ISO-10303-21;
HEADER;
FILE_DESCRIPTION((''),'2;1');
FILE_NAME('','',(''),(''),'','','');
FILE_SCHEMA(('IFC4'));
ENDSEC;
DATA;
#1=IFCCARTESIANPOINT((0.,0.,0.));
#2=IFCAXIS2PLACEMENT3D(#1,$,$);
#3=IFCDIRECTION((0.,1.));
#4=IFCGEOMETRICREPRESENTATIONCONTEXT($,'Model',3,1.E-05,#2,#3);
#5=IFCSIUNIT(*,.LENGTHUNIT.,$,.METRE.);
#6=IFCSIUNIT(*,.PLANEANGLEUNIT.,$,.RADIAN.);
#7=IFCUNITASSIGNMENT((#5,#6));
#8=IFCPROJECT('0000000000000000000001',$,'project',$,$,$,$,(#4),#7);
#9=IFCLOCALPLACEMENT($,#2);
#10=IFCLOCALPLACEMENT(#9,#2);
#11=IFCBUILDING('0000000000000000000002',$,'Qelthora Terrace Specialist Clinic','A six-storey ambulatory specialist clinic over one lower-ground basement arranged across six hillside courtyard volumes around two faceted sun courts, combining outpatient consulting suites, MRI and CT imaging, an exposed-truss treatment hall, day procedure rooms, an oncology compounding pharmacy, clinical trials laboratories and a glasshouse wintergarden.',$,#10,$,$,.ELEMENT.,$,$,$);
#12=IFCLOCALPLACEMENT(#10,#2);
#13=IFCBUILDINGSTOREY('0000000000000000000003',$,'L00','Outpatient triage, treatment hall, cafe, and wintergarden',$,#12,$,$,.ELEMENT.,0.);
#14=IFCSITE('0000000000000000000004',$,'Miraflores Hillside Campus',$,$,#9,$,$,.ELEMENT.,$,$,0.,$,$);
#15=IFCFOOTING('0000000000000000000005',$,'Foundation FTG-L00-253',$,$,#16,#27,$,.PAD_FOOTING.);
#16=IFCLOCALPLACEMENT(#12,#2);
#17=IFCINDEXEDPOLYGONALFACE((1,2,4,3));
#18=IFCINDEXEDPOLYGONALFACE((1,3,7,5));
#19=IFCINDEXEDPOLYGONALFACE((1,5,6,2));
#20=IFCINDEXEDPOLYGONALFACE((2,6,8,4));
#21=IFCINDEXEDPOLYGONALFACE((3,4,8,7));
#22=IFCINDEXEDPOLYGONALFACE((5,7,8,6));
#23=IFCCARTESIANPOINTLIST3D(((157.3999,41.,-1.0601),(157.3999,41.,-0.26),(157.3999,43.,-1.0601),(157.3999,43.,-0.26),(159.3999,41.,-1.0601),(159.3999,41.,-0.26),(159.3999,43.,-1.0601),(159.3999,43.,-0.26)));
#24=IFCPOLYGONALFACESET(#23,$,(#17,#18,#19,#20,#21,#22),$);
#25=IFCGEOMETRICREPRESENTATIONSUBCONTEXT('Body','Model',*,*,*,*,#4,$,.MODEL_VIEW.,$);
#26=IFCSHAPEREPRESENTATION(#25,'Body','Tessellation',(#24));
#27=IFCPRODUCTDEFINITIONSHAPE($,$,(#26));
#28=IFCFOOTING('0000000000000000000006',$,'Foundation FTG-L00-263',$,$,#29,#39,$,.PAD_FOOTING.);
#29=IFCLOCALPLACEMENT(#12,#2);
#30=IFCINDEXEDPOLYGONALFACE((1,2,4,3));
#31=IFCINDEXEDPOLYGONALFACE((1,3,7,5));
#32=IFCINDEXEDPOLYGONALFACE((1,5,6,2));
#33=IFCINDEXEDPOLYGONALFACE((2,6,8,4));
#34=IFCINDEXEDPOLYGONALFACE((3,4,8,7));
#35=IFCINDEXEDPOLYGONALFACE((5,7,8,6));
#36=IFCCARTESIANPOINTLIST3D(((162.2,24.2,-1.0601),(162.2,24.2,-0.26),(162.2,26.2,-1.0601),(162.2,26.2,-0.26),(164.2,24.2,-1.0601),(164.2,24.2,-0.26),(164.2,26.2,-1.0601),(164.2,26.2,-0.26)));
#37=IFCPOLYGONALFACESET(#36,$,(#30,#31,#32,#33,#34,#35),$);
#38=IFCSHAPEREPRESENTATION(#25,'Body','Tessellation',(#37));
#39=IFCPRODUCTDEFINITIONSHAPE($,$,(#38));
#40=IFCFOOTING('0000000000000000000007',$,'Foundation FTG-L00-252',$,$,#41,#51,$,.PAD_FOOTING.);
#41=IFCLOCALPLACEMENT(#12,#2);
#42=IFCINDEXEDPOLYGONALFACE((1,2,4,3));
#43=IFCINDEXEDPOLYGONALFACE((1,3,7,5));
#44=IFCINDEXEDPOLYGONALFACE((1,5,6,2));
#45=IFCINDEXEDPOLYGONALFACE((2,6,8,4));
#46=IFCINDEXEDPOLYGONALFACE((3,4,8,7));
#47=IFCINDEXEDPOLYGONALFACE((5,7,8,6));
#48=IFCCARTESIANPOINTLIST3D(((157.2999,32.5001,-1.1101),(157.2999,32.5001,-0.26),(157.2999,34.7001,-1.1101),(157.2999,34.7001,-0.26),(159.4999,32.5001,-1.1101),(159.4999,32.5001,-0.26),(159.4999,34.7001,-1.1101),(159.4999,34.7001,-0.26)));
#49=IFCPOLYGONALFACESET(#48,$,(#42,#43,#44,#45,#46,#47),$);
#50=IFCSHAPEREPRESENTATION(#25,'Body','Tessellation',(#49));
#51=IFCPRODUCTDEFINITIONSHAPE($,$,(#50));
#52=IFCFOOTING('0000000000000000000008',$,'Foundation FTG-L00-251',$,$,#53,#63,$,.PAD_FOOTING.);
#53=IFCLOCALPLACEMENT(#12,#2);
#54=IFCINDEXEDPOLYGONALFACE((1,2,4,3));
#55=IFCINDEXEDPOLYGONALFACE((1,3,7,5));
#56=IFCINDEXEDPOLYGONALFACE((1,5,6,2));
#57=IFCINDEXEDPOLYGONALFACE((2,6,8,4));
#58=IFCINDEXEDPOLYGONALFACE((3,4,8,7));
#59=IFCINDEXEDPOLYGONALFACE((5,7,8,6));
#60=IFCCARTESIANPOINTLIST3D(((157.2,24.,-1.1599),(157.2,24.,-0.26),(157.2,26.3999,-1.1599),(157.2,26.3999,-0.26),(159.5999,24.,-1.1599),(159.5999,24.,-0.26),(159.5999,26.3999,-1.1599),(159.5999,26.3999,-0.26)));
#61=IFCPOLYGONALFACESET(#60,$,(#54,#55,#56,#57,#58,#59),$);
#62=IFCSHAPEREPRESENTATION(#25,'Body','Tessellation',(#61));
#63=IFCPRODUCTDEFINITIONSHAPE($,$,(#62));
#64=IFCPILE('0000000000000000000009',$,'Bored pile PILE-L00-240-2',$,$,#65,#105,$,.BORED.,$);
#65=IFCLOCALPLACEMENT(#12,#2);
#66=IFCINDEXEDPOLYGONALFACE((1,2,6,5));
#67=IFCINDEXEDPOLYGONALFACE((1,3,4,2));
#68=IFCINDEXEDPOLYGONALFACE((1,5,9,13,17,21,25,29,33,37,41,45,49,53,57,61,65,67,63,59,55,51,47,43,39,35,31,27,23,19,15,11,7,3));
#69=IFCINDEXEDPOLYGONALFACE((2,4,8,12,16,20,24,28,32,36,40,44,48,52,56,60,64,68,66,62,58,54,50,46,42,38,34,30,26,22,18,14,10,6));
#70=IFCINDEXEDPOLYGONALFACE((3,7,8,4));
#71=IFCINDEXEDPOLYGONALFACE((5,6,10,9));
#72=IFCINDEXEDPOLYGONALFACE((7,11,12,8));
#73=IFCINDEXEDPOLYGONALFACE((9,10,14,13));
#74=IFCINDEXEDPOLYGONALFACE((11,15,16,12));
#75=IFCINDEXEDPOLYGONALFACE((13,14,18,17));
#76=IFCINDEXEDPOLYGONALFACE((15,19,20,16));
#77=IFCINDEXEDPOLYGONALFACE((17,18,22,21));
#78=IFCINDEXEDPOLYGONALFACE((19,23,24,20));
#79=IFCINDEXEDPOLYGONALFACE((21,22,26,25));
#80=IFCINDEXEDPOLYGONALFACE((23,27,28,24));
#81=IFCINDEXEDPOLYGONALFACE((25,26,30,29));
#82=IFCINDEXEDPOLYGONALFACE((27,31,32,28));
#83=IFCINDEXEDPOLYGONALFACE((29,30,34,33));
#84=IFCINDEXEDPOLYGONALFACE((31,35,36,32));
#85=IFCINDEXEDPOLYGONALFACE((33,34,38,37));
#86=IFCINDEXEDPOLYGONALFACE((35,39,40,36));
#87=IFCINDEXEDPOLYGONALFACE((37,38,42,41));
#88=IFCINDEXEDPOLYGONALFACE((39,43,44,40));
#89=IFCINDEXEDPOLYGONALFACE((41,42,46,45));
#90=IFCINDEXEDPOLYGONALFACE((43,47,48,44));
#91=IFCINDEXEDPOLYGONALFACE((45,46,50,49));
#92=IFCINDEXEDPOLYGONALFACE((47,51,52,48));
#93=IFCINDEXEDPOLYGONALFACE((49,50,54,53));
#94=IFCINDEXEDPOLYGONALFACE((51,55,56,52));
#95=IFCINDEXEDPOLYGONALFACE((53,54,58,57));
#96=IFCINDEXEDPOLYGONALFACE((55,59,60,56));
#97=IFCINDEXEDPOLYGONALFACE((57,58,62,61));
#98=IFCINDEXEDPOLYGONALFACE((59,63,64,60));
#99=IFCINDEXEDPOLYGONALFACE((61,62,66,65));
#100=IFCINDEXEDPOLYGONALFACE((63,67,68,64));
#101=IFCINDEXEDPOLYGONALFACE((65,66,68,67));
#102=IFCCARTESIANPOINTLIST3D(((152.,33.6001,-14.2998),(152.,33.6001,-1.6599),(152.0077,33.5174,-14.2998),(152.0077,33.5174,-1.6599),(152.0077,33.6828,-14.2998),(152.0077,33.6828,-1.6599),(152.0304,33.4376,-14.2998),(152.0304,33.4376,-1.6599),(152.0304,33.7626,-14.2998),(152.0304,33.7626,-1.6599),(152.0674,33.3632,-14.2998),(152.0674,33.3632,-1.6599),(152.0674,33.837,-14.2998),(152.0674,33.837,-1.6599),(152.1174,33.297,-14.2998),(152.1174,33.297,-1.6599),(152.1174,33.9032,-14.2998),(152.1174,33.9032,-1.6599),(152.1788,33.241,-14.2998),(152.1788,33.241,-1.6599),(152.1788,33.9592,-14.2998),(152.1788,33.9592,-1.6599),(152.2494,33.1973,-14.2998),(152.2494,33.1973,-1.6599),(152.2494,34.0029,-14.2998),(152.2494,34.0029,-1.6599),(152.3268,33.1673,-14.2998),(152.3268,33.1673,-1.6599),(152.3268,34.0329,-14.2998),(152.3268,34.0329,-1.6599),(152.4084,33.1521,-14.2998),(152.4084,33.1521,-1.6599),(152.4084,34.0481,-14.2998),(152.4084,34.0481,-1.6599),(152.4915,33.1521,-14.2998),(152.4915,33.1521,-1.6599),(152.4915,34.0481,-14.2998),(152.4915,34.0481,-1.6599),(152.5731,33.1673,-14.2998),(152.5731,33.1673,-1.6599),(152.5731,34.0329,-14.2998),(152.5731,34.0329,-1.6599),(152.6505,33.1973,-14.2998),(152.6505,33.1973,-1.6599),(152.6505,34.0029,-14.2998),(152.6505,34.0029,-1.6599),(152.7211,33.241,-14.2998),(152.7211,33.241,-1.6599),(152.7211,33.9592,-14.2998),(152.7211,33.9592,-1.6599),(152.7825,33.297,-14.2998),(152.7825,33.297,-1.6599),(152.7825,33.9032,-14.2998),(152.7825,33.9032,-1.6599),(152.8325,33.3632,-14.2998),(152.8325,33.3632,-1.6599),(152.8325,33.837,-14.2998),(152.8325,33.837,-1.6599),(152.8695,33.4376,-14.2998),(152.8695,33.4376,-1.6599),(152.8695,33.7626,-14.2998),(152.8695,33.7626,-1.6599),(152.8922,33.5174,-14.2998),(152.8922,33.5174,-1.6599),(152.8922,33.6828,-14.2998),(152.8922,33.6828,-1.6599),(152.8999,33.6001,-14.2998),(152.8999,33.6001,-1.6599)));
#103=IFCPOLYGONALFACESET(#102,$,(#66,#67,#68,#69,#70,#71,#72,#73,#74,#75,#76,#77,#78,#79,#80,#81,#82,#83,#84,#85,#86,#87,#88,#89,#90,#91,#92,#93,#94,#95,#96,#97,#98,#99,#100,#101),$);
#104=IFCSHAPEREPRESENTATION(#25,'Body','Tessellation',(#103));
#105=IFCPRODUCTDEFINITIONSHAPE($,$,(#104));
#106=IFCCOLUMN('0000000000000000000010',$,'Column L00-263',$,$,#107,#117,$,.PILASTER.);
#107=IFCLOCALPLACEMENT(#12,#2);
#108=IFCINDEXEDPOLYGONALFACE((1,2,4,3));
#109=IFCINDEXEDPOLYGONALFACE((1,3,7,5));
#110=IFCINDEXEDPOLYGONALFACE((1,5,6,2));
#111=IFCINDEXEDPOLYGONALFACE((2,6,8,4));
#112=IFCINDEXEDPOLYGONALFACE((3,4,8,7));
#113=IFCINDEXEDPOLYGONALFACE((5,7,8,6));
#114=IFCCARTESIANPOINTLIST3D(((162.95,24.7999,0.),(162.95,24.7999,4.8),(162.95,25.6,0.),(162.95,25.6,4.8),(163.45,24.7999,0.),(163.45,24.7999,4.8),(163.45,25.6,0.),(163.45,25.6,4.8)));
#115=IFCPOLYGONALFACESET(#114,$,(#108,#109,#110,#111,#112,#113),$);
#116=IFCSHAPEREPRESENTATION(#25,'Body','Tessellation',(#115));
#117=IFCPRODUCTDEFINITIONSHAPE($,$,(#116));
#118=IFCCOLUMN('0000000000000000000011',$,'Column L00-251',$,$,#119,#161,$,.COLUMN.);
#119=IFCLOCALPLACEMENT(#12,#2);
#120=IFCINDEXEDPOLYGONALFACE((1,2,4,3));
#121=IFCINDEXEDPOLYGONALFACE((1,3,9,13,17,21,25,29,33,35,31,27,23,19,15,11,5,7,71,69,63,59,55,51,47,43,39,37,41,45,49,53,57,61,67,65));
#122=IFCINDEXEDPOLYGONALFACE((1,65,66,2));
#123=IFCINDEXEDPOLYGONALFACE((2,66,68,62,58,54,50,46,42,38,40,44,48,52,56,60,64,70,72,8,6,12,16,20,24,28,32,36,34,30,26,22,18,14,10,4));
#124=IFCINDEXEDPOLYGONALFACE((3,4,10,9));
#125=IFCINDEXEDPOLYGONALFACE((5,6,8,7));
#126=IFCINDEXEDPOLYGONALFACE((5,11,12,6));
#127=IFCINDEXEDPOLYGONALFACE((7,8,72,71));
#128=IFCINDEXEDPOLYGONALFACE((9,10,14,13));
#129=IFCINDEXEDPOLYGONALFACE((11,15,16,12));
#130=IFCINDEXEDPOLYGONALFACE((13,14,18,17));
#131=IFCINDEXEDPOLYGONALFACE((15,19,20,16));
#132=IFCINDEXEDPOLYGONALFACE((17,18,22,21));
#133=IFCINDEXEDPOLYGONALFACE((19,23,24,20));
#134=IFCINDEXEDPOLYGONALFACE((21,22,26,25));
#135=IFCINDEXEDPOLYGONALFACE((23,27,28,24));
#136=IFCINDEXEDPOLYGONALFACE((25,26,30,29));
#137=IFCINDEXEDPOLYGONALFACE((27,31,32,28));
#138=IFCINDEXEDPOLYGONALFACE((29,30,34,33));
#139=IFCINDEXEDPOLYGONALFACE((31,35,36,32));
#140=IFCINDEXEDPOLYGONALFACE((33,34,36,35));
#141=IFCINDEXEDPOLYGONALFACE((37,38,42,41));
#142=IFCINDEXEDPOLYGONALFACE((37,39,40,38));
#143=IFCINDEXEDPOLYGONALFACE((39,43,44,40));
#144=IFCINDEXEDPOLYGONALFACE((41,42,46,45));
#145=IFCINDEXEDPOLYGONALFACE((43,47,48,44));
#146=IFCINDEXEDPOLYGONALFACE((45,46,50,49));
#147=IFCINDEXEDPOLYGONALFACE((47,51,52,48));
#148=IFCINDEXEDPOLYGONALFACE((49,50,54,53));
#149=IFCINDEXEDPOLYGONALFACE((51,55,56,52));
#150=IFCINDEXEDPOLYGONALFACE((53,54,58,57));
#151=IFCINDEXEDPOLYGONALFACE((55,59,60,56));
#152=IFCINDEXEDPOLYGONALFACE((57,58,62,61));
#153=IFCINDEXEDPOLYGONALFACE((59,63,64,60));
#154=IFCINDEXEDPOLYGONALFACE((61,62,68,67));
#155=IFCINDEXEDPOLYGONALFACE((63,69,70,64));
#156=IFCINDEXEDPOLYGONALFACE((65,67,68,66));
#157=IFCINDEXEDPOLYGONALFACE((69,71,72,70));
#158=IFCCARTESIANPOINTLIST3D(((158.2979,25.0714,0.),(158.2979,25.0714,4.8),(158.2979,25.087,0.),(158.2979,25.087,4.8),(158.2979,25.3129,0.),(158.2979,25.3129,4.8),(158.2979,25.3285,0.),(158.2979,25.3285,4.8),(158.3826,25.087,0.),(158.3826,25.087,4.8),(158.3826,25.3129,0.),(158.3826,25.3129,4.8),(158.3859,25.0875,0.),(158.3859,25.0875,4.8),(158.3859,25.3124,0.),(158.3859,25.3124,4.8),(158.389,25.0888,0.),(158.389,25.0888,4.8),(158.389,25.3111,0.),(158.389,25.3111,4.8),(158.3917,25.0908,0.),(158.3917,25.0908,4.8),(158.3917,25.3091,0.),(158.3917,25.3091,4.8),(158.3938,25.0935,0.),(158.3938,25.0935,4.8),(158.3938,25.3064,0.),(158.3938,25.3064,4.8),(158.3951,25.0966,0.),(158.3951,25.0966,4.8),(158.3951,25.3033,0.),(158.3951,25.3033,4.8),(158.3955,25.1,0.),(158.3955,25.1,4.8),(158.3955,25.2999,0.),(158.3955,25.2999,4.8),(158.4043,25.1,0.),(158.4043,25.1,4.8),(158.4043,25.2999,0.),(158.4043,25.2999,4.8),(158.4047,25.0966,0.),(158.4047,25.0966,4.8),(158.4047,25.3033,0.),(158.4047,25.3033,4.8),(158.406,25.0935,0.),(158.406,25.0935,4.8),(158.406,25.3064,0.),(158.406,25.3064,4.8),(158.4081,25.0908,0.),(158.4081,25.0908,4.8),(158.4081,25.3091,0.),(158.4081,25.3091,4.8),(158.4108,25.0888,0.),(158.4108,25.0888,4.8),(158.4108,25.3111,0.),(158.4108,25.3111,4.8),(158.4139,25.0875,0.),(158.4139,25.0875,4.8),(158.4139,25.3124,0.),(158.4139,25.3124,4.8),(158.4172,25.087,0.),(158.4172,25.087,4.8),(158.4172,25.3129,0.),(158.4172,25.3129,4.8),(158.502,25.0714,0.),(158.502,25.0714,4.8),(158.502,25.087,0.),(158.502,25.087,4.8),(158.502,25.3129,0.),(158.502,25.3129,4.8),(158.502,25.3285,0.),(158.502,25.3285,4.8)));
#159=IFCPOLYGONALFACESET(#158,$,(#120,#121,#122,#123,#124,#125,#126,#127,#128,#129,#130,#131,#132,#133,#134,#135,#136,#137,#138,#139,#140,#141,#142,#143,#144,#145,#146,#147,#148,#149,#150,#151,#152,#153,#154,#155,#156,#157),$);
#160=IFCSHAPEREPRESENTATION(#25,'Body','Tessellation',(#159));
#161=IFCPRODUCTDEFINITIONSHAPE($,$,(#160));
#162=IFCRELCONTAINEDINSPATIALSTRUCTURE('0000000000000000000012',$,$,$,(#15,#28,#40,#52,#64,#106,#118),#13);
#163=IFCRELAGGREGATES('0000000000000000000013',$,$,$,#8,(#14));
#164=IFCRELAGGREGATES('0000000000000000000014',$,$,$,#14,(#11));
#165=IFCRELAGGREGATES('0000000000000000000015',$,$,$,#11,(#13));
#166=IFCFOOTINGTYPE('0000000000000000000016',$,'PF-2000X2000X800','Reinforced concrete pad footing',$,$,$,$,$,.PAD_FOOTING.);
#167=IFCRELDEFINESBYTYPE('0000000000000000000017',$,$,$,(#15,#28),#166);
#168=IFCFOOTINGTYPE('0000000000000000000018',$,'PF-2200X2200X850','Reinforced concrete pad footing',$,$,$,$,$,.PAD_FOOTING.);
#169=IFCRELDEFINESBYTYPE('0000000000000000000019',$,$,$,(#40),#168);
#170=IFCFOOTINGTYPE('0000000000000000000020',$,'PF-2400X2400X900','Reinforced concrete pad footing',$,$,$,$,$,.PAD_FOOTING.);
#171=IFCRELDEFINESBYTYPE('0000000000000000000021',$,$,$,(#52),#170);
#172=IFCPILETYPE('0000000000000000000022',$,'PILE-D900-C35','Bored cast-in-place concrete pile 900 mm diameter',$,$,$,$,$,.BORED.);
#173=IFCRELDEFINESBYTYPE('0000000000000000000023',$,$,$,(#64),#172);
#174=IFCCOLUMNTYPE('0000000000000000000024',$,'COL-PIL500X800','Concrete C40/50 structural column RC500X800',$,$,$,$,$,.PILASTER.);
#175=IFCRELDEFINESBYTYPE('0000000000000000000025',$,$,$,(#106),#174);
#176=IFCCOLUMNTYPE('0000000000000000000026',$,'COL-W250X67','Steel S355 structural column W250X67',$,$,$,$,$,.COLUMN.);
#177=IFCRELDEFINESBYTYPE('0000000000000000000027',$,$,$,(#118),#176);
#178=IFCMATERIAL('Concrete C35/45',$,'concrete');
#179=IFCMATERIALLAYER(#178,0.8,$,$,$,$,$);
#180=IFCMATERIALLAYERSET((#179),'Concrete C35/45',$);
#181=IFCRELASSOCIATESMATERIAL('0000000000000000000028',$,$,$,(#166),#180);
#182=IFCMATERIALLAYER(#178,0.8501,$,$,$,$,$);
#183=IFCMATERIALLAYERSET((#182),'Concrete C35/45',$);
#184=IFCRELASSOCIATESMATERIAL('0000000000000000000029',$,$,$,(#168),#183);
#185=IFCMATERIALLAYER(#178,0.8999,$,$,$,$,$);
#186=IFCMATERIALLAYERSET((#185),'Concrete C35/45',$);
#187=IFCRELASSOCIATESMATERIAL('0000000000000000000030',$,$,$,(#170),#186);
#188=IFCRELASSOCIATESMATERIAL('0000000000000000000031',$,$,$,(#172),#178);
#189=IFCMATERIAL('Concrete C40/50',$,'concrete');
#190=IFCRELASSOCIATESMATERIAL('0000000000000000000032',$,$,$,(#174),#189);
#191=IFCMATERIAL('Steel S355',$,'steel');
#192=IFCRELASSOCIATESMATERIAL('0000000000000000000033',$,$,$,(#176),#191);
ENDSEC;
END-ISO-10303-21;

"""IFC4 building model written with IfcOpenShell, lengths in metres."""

from ifc_helpers import new_model, si_unit, direction, frame, origin, origin_2d, place, context, subcontext, project, spatial, rectangle, circle, i_section, extrude, material, layer, layer_set, material_profile, profile_set, type_object, element, save


model = new_model("IFC4")

# Units and contexts
model_context = context("Model", 3, precision=1e-05, world=origin(), true_north=direction((0.0, 1.0)))
body_context = subcontext(model_context, "Body", "Model", "MODEL_VIEW")
ifc_project = project(units=[si_unit("LENGTHUNIT", "METRE"), si_unit("PLANEANGLEUNIT", "RADIAN")], contexts=[model_context])

# Site, building, storey
site_placement = place(None, origin())
site = spatial("IfcSite", under=ifc_project, at=site_placement, Name="Miraflores Hillside Campus", CompositionType="ELEMENT", RefElevation=0.0)
building_placement = place(site_placement, origin())
building = spatial("IfcBuilding", under=site, at=building_placement, Name="Qelthora Terrace Specialist Clinic", Description="A six-storey ambulatory specialist clinic over one lower-ground basement arranged across six hillside courtyard volumes around two faceted sun courts, combining outpatient consulting suites, MRI and CT imaging, an exposed-truss treatment hall, day procedure rooms, an oncology compounding pharmacy, clinical trials laboratories and a glasshouse wintergarden.", CompositionType="ELEMENT")
storey_placement = place(building_placement, origin())
storey = spatial("IfcBuildingStorey", under=building, at=storey_placement, Name="L00", Description="Outpatient triage, treatment hall, cafe, and wintergarden", CompositionType="ELEMENT", Elevation=0.0)

# Footings
ifc_material_1 = material(Name="Concrete C35/45", Category="concrete")
ifc_layer_1 = layer(ifc_material_1, 0.8)
ifc_layer_set_1 = layer_set([ifc_layer_1], Name="Concrete C35/45")
footing_type_1 = type_object("IfcFootingType", Name="PF-2000X2000X800", Description="Reinforced concrete pad footing", PredefinedType="PAD_FOOTING", material=ifc_layer_set_1)
for number, where, z_axis, x_axis, name in (
    (1, (158.3999, 42.0, -1.0601), (0.0, 0.0, 1.0), (1.0, 0.0, 0.0), "Foundation FTG-L00-253"),
    (2, (163.2, 25.2, -1.0601), (0.0, 0.0, 1.0), (1.0, 0.0, 0.0), "Foundation FTG-L00-263"),
):
    element("IfcFooting", number, at=place(storey_placement, frame(where, z_axis=z_axis, x_axis=x_axis)), inside=storey, type_object=footing_type_1, Name=name, PredefinedType="PAD_FOOTING", context=body_context, shape_type="SweptSolid", body=[
        extrude(rectangle(XDim=2.0, YDim=2.0, at=origin_2d()), origin(), (0.0, 0.0, 1.0), 0.8),
    ])
ifc_layer_2 = layer(ifc_material_1, 0.8501)
ifc_layer_set_2 = layer_set([ifc_layer_2], Name="Concrete C35/45")
footing_type_2 = type_object("IfcFootingType", Name="PF-2200X2200X850", Description="Reinforced concrete pad footing", PredefinedType="PAD_FOOTING", material=ifc_layer_set_2)
footing_1_placement = place(storey_placement, frame((158.3999, 33.6001, -1.1101), z_axis=(0.0, 0.0, 1.0), x_axis=(1.0, 0.0, 0.0)))
element("IfcFooting", 3, at=footing_1_placement, inside=storey, type_object=footing_type_2, Name="Foundation FTG-L00-252", PredefinedType="PAD_FOOTING", context=body_context, shape_type="SweptSolid", body=[
    extrude(rectangle(XDim=2.2, YDim=2.2, at=origin_2d()), origin(), (0.0, 0.0, 1.0), 0.8501),
])
ifc_layer_3 = layer(ifc_material_1, 0.8999)
ifc_layer_set_3 = layer_set([ifc_layer_3], Name="Concrete C35/45")
footing_type_3 = type_object("IfcFootingType", Name="PF-2400X2400X900", Description="Reinforced concrete pad footing", PredefinedType="PAD_FOOTING", material=ifc_layer_set_3)
footing_2_placement = place(storey_placement, frame((158.3999, 25.2, -1.1599), z_axis=(0.0, 0.0, 1.0), x_axis=(1.0, 0.0, 0.0)))
element("IfcFooting", 4, at=footing_2_placement, inside=storey, type_object=footing_type_3, Name="Foundation FTG-L00-251", PredefinedType="PAD_FOOTING", context=body_context, shape_type="SweptSolid", body=[
    extrude(rectangle(XDim=2.3999, YDim=2.3999, at=origin_2d()), origin(), (0.0, 0.0, 1.0), 0.8999),
])

# Pile
ifc_material_profile_1 = material_profile(ifc_material_1, circle(Radius=0.45, at=origin_2d()), Name="PILE900")
ifc_profile_set_1 = profile_set([ifc_material_profile_1], Name="Concrete C35/45")
pile_type = type_object("IfcPileType", Name="PILE-D900-C35", Description="Bored cast-in-place concrete pile 900 mm diameter", PredefinedType="BORED", material=ifc_profile_set_1)
pile_placement = place(storey_placement, frame((152.45, 33.6001, -1.6599), z_axis=(0.0, 0.0, -1.0), x_axis=(1.0, 0.0, 0.0)))
element("IfcPile", 5, at=pile_placement, inside=storey, type_object=pile_type, Name="Bored pile PILE-L00-240-2", PredefinedType="BORED", context=body_context, shape_type="SweptSolid", body=[
    extrude(circle(Radius=0.45, at=origin_2d()), origin(), (0.0, 0.0, 1.0), 12.6399),
])

# Columns
ifc_material_2 = material(Name="Concrete C40/50", Category="concrete")
ifc_material_profile_2 = material_profile(ifc_material_2, rectangle(XDim=0.5, YDim=0.8, at=origin_2d()), Name="RC500X800")
ifc_profile_set_2 = profile_set([ifc_material_profile_2], Name="Concrete C40/50")
column_type_1 = type_object("IfcColumnType", Name="COL-PIL500X800", Description="Concrete C40/50 structural column RC500X800", PredefinedType="PILASTER", material=ifc_profile_set_2)
column_1_placement = place(storey_placement, frame((163.2, 25.2, 0.0), z_axis=(0.0, 0.0, 1.0), x_axis=(1.0, 0.0, 0.0)))
element("IfcColumn", 6, at=column_1_placement, inside=storey, type_object=column_type_1, Name="Column L00-263", PredefinedType="PILASTER", context=body_context, shape_type="SweptSolid", body=[
    extrude(rectangle(XDim=0.5, YDim=0.8, at=origin_2d()), origin(), (0.0, 0.0, 1.0), 4.8),
])
ifc_material_3 = material(Name="Steel S355", Category="steel")
ifc_material_profile_3 = material_profile(ifc_material_3, i_section(OverallWidth=0.2041, OverallDepth=0.2571, WebThickness=0.0088, FlangeThickness=0.0156, FilletRadius=0.0129, at=origin_2d()), Name="W250X67")
ifc_profile_set_3 = profile_set([ifc_material_profile_3], Name="Steel S355")
column_type_2 = type_object("IfcColumnType", Name="COL-W250X67", Description="Steel S355 structural column W250X67", PredefinedType="COLUMN", material=ifc_profile_set_3)
column_2_placement = place(storey_placement, frame((158.3999, 25.2, 0.0), z_axis=(0.0, 0.0, 1.0), x_axis=(1.0, 0.0, 0.0)))
element("IfcColumn", 7, at=column_2_placement, inside=storey, type_object=column_type_2, Name="Column L00-251", PredefinedType="COLUMN", context=body_context, shape_type="SweptSolid", body=[
    extrude(i_section(OverallWidth=0.2041, OverallDepth=0.2571, WebThickness=0.0088, FlangeThickness=0.0156, FilletRadius=0.0129, at=origin_2d()), origin(), (0.0, 0.0, 1.0), 4.8),
])

save(model, "model.ifc")
